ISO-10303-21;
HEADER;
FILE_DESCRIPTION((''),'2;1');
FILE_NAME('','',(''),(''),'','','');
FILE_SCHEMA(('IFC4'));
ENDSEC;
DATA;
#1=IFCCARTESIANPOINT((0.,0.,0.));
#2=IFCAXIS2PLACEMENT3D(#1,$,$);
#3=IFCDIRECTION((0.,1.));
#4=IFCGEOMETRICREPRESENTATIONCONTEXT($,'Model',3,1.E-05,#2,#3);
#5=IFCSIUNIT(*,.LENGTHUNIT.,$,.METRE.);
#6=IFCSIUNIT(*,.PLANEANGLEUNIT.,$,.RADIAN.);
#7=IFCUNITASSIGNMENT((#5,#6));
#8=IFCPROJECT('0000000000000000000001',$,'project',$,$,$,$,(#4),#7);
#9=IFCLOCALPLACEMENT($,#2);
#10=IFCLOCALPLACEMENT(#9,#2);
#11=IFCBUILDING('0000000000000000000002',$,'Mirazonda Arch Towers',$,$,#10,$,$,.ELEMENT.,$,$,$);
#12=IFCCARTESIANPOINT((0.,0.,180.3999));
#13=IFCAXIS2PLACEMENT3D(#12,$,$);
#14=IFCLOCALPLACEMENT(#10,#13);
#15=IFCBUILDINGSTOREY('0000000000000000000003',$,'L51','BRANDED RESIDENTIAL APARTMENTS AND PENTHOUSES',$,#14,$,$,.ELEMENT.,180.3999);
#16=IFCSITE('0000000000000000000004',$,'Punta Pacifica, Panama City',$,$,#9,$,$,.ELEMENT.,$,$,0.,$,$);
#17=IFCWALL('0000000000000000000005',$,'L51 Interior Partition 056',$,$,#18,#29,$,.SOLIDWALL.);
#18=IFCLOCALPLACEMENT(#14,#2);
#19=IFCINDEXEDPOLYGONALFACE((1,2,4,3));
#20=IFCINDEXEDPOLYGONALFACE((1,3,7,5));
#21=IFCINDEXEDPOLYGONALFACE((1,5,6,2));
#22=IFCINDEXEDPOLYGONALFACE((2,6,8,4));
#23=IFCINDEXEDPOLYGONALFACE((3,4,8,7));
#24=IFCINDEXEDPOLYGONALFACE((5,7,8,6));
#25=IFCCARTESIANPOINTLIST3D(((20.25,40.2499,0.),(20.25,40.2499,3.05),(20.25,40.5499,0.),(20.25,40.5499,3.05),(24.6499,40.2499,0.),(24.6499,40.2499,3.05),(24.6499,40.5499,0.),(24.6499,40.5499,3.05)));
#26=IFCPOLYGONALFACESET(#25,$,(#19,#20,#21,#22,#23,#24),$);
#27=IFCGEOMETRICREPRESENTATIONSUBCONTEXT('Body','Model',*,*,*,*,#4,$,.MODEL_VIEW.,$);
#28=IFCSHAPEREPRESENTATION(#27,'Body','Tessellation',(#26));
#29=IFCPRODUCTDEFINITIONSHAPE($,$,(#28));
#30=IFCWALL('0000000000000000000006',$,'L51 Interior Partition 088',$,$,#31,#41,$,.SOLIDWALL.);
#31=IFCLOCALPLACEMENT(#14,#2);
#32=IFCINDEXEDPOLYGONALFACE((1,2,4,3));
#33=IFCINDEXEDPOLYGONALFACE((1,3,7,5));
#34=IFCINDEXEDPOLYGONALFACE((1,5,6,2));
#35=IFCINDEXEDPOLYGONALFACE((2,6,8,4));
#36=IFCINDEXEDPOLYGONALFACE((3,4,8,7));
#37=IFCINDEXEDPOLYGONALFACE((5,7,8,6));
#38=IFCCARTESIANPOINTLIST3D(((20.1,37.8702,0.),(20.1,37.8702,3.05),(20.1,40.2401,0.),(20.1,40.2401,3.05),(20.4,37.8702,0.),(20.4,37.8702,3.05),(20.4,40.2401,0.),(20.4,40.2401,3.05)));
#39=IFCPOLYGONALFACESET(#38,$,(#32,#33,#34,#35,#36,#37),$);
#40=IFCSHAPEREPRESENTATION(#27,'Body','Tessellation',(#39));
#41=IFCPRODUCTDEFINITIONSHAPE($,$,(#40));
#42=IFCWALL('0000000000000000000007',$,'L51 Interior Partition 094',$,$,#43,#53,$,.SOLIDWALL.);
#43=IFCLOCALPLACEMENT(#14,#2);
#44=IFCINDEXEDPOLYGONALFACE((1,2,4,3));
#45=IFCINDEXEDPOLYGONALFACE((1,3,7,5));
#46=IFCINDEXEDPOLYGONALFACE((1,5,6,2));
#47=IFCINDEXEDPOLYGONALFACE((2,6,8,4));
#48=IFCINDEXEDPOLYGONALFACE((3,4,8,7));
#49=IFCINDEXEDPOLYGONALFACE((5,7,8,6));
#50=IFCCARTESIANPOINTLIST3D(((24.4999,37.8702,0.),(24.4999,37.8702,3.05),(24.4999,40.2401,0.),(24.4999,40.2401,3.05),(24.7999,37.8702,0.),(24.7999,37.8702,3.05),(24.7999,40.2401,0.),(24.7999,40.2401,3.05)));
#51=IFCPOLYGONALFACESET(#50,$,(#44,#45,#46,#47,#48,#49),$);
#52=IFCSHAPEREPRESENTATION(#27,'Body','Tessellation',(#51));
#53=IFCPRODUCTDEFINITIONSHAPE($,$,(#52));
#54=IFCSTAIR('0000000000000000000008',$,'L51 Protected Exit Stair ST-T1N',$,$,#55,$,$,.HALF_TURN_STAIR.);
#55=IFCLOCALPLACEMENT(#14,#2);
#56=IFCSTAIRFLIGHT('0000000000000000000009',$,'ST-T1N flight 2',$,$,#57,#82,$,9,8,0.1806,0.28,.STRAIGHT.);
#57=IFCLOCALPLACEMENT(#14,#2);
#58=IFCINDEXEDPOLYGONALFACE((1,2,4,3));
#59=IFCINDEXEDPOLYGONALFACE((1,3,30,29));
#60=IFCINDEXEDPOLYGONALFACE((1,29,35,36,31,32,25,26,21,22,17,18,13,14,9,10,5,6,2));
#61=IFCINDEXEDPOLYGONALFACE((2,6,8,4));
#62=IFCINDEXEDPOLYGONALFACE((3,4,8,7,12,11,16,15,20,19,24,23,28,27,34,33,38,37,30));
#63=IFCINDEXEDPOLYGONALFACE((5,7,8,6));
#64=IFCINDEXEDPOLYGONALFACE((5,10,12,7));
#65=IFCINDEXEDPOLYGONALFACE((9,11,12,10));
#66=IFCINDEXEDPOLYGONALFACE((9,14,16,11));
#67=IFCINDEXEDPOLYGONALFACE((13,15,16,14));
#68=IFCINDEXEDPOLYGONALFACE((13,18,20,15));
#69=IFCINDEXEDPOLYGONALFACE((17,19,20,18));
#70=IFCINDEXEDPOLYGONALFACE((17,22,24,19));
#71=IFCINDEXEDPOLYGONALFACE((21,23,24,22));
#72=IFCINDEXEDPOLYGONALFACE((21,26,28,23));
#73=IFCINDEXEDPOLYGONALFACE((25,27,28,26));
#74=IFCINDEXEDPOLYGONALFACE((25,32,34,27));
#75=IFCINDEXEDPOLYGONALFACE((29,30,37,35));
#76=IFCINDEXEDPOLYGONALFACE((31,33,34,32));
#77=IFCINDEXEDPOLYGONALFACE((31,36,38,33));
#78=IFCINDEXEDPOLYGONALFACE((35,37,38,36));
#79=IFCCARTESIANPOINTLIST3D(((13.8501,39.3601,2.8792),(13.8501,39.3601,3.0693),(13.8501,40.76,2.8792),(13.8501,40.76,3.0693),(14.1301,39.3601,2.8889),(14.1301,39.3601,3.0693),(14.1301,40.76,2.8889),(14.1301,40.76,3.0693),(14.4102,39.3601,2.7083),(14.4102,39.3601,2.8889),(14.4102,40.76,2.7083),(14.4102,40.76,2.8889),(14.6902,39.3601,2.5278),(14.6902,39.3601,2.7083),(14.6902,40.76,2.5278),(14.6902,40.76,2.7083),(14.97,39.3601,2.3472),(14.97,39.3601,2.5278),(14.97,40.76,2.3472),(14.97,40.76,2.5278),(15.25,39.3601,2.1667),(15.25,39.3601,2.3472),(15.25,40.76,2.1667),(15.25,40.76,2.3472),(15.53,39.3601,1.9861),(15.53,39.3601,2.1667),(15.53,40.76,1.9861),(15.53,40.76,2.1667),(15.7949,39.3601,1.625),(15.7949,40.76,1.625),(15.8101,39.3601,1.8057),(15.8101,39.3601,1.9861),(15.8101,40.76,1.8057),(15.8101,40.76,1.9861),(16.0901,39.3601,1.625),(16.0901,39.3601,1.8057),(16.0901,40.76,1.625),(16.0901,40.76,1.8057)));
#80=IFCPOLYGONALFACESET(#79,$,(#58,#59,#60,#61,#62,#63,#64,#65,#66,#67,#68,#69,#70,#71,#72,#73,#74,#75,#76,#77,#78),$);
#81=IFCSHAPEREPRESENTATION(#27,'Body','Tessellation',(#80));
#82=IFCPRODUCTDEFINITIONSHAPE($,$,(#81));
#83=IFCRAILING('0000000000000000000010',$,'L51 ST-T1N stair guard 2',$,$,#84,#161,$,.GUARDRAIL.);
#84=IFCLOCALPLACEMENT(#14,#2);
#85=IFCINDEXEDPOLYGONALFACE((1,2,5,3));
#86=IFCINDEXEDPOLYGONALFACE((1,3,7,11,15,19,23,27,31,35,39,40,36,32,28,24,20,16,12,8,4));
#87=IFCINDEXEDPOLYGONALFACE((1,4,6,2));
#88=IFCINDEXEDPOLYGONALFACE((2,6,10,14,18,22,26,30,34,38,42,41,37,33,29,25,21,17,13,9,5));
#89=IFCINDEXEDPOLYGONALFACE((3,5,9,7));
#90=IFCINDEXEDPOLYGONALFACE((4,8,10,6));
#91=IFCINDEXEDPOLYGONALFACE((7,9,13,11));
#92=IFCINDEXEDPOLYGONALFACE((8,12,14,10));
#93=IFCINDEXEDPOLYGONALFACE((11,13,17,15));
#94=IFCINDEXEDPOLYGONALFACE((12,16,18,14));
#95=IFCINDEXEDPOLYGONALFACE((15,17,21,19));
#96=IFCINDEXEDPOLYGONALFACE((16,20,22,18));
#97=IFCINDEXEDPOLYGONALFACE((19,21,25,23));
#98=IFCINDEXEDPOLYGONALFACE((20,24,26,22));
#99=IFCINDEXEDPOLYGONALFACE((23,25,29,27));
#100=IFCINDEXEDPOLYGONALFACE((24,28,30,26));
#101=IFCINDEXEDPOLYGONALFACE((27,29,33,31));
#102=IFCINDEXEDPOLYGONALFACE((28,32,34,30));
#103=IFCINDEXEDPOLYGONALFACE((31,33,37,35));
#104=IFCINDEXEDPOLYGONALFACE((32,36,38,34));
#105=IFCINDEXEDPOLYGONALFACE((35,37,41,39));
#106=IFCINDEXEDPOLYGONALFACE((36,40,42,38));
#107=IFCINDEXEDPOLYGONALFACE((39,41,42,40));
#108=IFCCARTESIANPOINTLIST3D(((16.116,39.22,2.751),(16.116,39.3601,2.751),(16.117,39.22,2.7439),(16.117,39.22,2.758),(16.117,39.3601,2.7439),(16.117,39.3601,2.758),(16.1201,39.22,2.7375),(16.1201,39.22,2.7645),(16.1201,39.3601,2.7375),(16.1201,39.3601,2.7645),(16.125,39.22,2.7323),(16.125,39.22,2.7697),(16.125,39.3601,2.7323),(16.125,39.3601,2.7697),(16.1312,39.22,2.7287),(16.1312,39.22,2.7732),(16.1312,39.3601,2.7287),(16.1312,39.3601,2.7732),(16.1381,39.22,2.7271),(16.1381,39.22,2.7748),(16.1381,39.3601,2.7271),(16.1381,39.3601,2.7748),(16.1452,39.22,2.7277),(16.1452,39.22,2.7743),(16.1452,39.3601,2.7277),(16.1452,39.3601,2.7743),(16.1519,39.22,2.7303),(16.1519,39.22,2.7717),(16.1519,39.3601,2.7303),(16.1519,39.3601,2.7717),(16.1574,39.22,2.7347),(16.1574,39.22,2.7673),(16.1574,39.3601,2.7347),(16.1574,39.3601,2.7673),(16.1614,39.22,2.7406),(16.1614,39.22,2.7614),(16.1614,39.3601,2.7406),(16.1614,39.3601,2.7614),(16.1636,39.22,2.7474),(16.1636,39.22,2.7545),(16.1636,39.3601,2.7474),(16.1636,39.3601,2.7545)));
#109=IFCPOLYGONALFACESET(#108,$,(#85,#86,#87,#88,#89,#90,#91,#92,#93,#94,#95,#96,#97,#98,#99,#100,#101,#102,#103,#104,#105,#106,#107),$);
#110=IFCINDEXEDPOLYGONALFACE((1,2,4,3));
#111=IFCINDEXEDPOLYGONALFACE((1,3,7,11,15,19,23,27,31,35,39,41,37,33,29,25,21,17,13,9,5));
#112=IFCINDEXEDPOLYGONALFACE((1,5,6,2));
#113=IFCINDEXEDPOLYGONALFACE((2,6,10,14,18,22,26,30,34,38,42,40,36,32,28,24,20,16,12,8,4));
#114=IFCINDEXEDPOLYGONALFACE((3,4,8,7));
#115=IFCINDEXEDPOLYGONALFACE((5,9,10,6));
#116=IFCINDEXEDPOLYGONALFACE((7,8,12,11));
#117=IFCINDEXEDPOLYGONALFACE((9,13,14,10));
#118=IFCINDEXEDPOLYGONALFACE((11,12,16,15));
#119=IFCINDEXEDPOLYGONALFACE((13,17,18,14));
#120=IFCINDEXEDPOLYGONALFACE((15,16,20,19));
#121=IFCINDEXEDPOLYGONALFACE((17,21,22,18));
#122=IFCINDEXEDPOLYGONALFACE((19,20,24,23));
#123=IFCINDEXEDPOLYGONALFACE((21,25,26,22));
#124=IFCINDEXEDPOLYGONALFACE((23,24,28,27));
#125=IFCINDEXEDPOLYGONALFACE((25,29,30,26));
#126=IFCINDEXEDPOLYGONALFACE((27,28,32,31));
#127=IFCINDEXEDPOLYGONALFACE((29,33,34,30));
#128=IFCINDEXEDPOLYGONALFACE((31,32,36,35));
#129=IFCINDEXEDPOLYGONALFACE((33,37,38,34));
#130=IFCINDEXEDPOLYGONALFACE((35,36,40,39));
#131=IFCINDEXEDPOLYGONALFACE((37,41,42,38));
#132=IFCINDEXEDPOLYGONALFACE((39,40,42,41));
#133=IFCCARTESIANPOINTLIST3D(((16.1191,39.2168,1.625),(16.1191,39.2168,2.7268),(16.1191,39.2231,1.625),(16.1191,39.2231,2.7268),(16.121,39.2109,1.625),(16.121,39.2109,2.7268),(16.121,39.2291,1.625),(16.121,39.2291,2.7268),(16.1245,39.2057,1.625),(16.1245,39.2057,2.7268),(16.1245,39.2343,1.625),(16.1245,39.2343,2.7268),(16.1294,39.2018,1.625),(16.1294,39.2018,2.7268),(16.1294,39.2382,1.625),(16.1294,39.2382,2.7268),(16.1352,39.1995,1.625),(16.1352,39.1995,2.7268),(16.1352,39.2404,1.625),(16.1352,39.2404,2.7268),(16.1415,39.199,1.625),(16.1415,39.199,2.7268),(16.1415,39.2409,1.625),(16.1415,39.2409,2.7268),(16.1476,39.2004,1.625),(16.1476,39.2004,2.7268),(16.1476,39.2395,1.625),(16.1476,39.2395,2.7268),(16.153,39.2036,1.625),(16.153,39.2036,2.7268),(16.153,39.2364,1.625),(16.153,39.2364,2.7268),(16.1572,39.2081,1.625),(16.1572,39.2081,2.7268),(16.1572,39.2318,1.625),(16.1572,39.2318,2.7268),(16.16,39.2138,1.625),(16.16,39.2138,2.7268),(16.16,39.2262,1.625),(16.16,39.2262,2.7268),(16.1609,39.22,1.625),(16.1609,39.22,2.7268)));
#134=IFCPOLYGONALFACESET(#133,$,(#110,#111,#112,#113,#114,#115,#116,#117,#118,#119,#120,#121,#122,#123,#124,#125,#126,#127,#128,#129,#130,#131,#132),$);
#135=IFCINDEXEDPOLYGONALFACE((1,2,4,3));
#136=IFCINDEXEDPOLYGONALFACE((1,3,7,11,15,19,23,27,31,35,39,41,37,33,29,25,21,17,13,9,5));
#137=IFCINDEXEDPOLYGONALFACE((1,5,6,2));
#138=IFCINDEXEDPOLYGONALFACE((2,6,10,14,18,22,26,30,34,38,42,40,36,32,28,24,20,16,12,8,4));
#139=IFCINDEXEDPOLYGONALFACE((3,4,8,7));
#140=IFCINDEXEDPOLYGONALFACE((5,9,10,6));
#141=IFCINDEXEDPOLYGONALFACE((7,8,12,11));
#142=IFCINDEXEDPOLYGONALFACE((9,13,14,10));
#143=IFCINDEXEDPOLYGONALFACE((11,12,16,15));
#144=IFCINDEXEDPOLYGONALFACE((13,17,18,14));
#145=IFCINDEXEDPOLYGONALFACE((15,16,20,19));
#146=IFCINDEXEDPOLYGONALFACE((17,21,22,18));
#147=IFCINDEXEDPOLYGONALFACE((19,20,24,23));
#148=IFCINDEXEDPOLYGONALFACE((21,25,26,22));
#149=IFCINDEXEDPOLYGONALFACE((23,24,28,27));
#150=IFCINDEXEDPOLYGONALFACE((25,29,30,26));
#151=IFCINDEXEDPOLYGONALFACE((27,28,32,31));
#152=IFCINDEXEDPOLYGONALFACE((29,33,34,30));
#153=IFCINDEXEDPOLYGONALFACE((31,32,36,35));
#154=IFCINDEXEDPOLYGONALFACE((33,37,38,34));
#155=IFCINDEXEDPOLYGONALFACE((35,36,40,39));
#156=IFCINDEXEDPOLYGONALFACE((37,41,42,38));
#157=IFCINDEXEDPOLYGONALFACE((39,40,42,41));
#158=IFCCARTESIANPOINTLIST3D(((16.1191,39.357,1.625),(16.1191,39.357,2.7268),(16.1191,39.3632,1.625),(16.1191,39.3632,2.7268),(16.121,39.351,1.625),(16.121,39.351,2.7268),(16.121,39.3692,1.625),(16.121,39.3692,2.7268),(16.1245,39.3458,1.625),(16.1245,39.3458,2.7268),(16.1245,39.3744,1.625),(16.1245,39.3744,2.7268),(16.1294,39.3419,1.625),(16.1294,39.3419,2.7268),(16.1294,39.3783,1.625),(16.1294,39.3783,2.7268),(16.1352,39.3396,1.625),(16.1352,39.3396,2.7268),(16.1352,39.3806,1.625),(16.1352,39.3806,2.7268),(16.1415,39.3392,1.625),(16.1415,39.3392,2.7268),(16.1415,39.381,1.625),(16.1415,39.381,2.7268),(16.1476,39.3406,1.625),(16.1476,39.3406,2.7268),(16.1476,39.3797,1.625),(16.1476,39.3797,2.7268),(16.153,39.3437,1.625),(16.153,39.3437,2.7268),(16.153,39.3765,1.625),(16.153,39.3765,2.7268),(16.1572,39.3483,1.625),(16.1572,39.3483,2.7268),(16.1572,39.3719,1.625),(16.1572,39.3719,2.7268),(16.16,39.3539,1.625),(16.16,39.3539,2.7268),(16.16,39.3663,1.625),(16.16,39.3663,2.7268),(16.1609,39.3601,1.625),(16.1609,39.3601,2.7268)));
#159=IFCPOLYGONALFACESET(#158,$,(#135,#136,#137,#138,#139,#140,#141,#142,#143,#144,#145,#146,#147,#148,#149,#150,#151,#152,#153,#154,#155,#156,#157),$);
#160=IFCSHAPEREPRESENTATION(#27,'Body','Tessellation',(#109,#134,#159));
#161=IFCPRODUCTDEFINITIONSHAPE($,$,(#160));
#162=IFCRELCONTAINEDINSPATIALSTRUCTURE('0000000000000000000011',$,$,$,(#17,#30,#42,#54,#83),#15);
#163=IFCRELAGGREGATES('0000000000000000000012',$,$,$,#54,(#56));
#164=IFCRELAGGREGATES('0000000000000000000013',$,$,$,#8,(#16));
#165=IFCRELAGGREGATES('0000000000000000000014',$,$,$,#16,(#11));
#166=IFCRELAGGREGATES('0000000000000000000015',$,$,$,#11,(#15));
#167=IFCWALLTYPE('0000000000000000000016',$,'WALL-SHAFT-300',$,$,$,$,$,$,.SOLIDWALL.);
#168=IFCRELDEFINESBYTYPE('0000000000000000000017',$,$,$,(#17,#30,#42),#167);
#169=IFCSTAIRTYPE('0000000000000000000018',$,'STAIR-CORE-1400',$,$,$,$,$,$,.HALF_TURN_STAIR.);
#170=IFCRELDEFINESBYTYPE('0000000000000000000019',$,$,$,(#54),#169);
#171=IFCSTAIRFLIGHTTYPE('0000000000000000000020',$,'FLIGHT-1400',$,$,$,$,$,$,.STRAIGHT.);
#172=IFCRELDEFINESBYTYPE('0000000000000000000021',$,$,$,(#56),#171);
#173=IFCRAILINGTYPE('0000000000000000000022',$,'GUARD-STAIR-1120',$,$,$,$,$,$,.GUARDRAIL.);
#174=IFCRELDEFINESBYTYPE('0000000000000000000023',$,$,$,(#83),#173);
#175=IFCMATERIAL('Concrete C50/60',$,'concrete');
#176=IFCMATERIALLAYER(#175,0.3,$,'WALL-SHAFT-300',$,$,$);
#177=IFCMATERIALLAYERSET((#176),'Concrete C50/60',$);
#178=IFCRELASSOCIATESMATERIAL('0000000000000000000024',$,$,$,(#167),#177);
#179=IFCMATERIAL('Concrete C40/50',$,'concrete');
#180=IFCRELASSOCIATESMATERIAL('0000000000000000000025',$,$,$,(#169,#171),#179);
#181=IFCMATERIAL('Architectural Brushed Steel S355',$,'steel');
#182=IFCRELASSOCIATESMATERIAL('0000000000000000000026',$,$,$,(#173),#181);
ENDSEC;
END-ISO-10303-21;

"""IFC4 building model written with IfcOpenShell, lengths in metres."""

from ifc_helpers import new_model, si_unit, direction, frame, frame_2d, origin, origin_2d, place, context, subcontext, project, spatial, polyline, rectangle, circle, outline, extrude, material, layer, layer_set, type_object, element, aggregate, save


model = new_model("IFC4")

# Units and contexts
model_context = context("Model", 3, precision=1e-05, world=origin(), true_north=direction((0.0, 1.0)))
body_context = subcontext(model_context, "Body", "Model", "MODEL_VIEW")
ifc_project = project(units=[si_unit("LENGTHUNIT", "METRE"), si_unit("PLANEANGLEUNIT", "RADIAN")], contexts=[model_context])

# Site, building, storey
site_placement = place(None, origin())
site = spatial("IfcSite", under=ifc_project, at=site_placement, Name="Punta Pacifica, Panama City", CompositionType="ELEMENT", RefElevation=0.0)
building_placement = place(site_placement, origin())
building = spatial("IfcBuilding", under=site, at=building_placement, Name="Mirazonda Arch Towers", CompositionType="ELEMENT")
storey_placement = place(building_placement, frame((0.0, 0.0, 180.3999)))
storey = spatial("IfcBuildingStorey", under=building, at=storey_placement, Name="L51", Description="BRANDED RESIDENTIAL APARTMENTS AND PENTHOUSES", CompositionType="ELEMENT", Elevation=180.3999)

# Shared definitions
ifc_material_1 = material(Name="Concrete C50/60", Category="concrete")

# Walls
ifc_material_2 = material(Name="Concrete C40/50", Category="concrete")
ifc_layer_1 = layer(ifc_material_1, 0.3, Name="WALL-SHAFT-300")
ifc_layer_set_1 = layer_set([ifc_layer_1], Name="Concrete C50/60")
wall_type_1 = type_object("IfcWallType", Name="WALL-SHAFT-300", PredefinedType="SOLIDWALL", material=ifc_layer_set_1)
wall_1_placement = place(storey_placement, frame((20.25, 40.3999, 0.0), z_axis=(0.0, 0.0, 1.0), x_axis=(1.0, 0.0, 0.0)))
element("IfcWall", 1, at=wall_1_placement, inside=storey, type_object=wall_type_1, Name="L51 Interior Partition 056", PredefinedType="SOLIDWALL", context=body_context, shape_type="SweptSolid", body=[
    extrude(rectangle(XDim=4.3999, YDim=0.3, at=frame_2d((2.2, 0.0))), origin(), (0.0, 0.0, 1.0), 3.05),
])
for number, where, z_axis, x_axis, name in (
    (2, (20.25, 37.8701, 0.0), (0.0, 0.0, 1.0), (0.0, 1.0, 0.0), "L51 Interior Partition 088"),
    (3, (24.6499, 37.8701, 0.0), (0.0, 0.0, 1.0), (0.0, 1.0, 0.0), "L51 Interior Partition 094"),
):
    element("IfcWall", number, at=place(storey_placement, frame(where, z_axis=z_axis, x_axis=x_axis)), inside=storey, type_object=wall_type_1, Name=name, PredefinedType="SOLIDWALL", context=body_context, shape_type="SweptSolid", body=[
        extrude(rectangle(XDim=2.3699, YDim=0.3, at=frame_2d((1.1851, 0.0))), origin(), (0.0, 0.0, 1.0), 3.05),
    ])

# Stair, stair flight
stair_type = type_object("IfcStairType", Name="STAIR-CORE-1400", PredefinedType="HALF_TURN_STAIR", material=ifc_material_2)
stair_placement = place(storey_placement, origin())
stair = element("IfcStair", 4, at=stair_placement, inside=storey, type_object=stair_type, Name="L51 Protected Exit Stair ST-T1N", PredefinedType="HALF_TURN_STAIR")
stair_flight_type = type_object("IfcStairFlightType", Name="FLIGHT-1400", PredefinedType="STRAIGHT", material=ifc_material_2)
stair_flight_placement = place(storey_placement, frame((16.0901, 40.0601, 1.625), z_axis=(0.0, 0.0, 1.0), x_axis=(-1.0, 0.0, 0.0)))
stair_flight = element("IfcStairFlight", 5, at=stair_flight_placement, type_object=stair_flight_type, Name="ST-T1N flight 2", NumberOfRisers=9, NumberOfTreads=8, PredefinedType="STRAIGHT", RiserHeight=0.1806, TreadLength=0.28, context=body_context, shape_type="SweptSolid", body=[
    extrude(outline(polyline([(0.0, 0.0), (0.0, 0.1807), (0.28, 0.1807), (0.28, 0.3611), (0.5601, 0.3611), (0.5601, 0.5417), (0.8401, 0.5417), (0.8401, 0.7222), (1.1201, 0.7222), (1.1201, 0.9028), (1.3999, 0.9028), (1.3999, 1.0833), (1.6799, 1.0833), (1.6799, 1.2639), (1.96, 1.2639), (1.96, 1.4443), (2.24, 1.4443), (2.24, 1.625), (2.24, 1.2542), (0.2952, 0.0), (0.0, 0.0)])), frame((0.0, 0.7, 0.0), z_axis=(0.0, -1.0, 0.0), x_axis=(1.0, 0.0, 0.0)), (0.0, 0.0, 1.0), 1.3999),
])
aggregate(stair, [stair_flight])

# Railing
ifc_material_3 = material(Name="Architectural Brushed Steel S355", Category="steel")
railing_type_1 = type_object("IfcRailingType", Name="GUARD-STAIR-1120", PredefinedType="GUARDRAIL", material=ifc_material_3)
railing_1_placement = place(storey_placement, frame((16.1399, 39.22, 1.625)))
element("IfcRailing", 6, at=railing_1_placement, inside=storey, type_object=railing_type_1, Name="L51 ST-T1N stair guard 2", PredefinedType="GUARDRAIL", context=body_context, shape_type="SweptSolid", body=[
    extrude(circle(Radius=0.0239, at=origin_2d()), frame((0.0, 0.0, 1.126), z_axis=(0.0, 1.0, 0.0), x_axis=(-1.0, 0.0, 0.0)), (0.0, 0.0, 1.0), 0.1401),
    extrude(circle(Radius=0.021, at=origin_2d()), origin(), (0.0, 0.0, 1.0), 1.1018),
    extrude(circle(Radius=0.021, at=origin_2d()), frame((0.0, 0.1401, 0.0)), (0.0, 0.0, 1.0), 1.1018),
])

save(model, "model.ifc")
